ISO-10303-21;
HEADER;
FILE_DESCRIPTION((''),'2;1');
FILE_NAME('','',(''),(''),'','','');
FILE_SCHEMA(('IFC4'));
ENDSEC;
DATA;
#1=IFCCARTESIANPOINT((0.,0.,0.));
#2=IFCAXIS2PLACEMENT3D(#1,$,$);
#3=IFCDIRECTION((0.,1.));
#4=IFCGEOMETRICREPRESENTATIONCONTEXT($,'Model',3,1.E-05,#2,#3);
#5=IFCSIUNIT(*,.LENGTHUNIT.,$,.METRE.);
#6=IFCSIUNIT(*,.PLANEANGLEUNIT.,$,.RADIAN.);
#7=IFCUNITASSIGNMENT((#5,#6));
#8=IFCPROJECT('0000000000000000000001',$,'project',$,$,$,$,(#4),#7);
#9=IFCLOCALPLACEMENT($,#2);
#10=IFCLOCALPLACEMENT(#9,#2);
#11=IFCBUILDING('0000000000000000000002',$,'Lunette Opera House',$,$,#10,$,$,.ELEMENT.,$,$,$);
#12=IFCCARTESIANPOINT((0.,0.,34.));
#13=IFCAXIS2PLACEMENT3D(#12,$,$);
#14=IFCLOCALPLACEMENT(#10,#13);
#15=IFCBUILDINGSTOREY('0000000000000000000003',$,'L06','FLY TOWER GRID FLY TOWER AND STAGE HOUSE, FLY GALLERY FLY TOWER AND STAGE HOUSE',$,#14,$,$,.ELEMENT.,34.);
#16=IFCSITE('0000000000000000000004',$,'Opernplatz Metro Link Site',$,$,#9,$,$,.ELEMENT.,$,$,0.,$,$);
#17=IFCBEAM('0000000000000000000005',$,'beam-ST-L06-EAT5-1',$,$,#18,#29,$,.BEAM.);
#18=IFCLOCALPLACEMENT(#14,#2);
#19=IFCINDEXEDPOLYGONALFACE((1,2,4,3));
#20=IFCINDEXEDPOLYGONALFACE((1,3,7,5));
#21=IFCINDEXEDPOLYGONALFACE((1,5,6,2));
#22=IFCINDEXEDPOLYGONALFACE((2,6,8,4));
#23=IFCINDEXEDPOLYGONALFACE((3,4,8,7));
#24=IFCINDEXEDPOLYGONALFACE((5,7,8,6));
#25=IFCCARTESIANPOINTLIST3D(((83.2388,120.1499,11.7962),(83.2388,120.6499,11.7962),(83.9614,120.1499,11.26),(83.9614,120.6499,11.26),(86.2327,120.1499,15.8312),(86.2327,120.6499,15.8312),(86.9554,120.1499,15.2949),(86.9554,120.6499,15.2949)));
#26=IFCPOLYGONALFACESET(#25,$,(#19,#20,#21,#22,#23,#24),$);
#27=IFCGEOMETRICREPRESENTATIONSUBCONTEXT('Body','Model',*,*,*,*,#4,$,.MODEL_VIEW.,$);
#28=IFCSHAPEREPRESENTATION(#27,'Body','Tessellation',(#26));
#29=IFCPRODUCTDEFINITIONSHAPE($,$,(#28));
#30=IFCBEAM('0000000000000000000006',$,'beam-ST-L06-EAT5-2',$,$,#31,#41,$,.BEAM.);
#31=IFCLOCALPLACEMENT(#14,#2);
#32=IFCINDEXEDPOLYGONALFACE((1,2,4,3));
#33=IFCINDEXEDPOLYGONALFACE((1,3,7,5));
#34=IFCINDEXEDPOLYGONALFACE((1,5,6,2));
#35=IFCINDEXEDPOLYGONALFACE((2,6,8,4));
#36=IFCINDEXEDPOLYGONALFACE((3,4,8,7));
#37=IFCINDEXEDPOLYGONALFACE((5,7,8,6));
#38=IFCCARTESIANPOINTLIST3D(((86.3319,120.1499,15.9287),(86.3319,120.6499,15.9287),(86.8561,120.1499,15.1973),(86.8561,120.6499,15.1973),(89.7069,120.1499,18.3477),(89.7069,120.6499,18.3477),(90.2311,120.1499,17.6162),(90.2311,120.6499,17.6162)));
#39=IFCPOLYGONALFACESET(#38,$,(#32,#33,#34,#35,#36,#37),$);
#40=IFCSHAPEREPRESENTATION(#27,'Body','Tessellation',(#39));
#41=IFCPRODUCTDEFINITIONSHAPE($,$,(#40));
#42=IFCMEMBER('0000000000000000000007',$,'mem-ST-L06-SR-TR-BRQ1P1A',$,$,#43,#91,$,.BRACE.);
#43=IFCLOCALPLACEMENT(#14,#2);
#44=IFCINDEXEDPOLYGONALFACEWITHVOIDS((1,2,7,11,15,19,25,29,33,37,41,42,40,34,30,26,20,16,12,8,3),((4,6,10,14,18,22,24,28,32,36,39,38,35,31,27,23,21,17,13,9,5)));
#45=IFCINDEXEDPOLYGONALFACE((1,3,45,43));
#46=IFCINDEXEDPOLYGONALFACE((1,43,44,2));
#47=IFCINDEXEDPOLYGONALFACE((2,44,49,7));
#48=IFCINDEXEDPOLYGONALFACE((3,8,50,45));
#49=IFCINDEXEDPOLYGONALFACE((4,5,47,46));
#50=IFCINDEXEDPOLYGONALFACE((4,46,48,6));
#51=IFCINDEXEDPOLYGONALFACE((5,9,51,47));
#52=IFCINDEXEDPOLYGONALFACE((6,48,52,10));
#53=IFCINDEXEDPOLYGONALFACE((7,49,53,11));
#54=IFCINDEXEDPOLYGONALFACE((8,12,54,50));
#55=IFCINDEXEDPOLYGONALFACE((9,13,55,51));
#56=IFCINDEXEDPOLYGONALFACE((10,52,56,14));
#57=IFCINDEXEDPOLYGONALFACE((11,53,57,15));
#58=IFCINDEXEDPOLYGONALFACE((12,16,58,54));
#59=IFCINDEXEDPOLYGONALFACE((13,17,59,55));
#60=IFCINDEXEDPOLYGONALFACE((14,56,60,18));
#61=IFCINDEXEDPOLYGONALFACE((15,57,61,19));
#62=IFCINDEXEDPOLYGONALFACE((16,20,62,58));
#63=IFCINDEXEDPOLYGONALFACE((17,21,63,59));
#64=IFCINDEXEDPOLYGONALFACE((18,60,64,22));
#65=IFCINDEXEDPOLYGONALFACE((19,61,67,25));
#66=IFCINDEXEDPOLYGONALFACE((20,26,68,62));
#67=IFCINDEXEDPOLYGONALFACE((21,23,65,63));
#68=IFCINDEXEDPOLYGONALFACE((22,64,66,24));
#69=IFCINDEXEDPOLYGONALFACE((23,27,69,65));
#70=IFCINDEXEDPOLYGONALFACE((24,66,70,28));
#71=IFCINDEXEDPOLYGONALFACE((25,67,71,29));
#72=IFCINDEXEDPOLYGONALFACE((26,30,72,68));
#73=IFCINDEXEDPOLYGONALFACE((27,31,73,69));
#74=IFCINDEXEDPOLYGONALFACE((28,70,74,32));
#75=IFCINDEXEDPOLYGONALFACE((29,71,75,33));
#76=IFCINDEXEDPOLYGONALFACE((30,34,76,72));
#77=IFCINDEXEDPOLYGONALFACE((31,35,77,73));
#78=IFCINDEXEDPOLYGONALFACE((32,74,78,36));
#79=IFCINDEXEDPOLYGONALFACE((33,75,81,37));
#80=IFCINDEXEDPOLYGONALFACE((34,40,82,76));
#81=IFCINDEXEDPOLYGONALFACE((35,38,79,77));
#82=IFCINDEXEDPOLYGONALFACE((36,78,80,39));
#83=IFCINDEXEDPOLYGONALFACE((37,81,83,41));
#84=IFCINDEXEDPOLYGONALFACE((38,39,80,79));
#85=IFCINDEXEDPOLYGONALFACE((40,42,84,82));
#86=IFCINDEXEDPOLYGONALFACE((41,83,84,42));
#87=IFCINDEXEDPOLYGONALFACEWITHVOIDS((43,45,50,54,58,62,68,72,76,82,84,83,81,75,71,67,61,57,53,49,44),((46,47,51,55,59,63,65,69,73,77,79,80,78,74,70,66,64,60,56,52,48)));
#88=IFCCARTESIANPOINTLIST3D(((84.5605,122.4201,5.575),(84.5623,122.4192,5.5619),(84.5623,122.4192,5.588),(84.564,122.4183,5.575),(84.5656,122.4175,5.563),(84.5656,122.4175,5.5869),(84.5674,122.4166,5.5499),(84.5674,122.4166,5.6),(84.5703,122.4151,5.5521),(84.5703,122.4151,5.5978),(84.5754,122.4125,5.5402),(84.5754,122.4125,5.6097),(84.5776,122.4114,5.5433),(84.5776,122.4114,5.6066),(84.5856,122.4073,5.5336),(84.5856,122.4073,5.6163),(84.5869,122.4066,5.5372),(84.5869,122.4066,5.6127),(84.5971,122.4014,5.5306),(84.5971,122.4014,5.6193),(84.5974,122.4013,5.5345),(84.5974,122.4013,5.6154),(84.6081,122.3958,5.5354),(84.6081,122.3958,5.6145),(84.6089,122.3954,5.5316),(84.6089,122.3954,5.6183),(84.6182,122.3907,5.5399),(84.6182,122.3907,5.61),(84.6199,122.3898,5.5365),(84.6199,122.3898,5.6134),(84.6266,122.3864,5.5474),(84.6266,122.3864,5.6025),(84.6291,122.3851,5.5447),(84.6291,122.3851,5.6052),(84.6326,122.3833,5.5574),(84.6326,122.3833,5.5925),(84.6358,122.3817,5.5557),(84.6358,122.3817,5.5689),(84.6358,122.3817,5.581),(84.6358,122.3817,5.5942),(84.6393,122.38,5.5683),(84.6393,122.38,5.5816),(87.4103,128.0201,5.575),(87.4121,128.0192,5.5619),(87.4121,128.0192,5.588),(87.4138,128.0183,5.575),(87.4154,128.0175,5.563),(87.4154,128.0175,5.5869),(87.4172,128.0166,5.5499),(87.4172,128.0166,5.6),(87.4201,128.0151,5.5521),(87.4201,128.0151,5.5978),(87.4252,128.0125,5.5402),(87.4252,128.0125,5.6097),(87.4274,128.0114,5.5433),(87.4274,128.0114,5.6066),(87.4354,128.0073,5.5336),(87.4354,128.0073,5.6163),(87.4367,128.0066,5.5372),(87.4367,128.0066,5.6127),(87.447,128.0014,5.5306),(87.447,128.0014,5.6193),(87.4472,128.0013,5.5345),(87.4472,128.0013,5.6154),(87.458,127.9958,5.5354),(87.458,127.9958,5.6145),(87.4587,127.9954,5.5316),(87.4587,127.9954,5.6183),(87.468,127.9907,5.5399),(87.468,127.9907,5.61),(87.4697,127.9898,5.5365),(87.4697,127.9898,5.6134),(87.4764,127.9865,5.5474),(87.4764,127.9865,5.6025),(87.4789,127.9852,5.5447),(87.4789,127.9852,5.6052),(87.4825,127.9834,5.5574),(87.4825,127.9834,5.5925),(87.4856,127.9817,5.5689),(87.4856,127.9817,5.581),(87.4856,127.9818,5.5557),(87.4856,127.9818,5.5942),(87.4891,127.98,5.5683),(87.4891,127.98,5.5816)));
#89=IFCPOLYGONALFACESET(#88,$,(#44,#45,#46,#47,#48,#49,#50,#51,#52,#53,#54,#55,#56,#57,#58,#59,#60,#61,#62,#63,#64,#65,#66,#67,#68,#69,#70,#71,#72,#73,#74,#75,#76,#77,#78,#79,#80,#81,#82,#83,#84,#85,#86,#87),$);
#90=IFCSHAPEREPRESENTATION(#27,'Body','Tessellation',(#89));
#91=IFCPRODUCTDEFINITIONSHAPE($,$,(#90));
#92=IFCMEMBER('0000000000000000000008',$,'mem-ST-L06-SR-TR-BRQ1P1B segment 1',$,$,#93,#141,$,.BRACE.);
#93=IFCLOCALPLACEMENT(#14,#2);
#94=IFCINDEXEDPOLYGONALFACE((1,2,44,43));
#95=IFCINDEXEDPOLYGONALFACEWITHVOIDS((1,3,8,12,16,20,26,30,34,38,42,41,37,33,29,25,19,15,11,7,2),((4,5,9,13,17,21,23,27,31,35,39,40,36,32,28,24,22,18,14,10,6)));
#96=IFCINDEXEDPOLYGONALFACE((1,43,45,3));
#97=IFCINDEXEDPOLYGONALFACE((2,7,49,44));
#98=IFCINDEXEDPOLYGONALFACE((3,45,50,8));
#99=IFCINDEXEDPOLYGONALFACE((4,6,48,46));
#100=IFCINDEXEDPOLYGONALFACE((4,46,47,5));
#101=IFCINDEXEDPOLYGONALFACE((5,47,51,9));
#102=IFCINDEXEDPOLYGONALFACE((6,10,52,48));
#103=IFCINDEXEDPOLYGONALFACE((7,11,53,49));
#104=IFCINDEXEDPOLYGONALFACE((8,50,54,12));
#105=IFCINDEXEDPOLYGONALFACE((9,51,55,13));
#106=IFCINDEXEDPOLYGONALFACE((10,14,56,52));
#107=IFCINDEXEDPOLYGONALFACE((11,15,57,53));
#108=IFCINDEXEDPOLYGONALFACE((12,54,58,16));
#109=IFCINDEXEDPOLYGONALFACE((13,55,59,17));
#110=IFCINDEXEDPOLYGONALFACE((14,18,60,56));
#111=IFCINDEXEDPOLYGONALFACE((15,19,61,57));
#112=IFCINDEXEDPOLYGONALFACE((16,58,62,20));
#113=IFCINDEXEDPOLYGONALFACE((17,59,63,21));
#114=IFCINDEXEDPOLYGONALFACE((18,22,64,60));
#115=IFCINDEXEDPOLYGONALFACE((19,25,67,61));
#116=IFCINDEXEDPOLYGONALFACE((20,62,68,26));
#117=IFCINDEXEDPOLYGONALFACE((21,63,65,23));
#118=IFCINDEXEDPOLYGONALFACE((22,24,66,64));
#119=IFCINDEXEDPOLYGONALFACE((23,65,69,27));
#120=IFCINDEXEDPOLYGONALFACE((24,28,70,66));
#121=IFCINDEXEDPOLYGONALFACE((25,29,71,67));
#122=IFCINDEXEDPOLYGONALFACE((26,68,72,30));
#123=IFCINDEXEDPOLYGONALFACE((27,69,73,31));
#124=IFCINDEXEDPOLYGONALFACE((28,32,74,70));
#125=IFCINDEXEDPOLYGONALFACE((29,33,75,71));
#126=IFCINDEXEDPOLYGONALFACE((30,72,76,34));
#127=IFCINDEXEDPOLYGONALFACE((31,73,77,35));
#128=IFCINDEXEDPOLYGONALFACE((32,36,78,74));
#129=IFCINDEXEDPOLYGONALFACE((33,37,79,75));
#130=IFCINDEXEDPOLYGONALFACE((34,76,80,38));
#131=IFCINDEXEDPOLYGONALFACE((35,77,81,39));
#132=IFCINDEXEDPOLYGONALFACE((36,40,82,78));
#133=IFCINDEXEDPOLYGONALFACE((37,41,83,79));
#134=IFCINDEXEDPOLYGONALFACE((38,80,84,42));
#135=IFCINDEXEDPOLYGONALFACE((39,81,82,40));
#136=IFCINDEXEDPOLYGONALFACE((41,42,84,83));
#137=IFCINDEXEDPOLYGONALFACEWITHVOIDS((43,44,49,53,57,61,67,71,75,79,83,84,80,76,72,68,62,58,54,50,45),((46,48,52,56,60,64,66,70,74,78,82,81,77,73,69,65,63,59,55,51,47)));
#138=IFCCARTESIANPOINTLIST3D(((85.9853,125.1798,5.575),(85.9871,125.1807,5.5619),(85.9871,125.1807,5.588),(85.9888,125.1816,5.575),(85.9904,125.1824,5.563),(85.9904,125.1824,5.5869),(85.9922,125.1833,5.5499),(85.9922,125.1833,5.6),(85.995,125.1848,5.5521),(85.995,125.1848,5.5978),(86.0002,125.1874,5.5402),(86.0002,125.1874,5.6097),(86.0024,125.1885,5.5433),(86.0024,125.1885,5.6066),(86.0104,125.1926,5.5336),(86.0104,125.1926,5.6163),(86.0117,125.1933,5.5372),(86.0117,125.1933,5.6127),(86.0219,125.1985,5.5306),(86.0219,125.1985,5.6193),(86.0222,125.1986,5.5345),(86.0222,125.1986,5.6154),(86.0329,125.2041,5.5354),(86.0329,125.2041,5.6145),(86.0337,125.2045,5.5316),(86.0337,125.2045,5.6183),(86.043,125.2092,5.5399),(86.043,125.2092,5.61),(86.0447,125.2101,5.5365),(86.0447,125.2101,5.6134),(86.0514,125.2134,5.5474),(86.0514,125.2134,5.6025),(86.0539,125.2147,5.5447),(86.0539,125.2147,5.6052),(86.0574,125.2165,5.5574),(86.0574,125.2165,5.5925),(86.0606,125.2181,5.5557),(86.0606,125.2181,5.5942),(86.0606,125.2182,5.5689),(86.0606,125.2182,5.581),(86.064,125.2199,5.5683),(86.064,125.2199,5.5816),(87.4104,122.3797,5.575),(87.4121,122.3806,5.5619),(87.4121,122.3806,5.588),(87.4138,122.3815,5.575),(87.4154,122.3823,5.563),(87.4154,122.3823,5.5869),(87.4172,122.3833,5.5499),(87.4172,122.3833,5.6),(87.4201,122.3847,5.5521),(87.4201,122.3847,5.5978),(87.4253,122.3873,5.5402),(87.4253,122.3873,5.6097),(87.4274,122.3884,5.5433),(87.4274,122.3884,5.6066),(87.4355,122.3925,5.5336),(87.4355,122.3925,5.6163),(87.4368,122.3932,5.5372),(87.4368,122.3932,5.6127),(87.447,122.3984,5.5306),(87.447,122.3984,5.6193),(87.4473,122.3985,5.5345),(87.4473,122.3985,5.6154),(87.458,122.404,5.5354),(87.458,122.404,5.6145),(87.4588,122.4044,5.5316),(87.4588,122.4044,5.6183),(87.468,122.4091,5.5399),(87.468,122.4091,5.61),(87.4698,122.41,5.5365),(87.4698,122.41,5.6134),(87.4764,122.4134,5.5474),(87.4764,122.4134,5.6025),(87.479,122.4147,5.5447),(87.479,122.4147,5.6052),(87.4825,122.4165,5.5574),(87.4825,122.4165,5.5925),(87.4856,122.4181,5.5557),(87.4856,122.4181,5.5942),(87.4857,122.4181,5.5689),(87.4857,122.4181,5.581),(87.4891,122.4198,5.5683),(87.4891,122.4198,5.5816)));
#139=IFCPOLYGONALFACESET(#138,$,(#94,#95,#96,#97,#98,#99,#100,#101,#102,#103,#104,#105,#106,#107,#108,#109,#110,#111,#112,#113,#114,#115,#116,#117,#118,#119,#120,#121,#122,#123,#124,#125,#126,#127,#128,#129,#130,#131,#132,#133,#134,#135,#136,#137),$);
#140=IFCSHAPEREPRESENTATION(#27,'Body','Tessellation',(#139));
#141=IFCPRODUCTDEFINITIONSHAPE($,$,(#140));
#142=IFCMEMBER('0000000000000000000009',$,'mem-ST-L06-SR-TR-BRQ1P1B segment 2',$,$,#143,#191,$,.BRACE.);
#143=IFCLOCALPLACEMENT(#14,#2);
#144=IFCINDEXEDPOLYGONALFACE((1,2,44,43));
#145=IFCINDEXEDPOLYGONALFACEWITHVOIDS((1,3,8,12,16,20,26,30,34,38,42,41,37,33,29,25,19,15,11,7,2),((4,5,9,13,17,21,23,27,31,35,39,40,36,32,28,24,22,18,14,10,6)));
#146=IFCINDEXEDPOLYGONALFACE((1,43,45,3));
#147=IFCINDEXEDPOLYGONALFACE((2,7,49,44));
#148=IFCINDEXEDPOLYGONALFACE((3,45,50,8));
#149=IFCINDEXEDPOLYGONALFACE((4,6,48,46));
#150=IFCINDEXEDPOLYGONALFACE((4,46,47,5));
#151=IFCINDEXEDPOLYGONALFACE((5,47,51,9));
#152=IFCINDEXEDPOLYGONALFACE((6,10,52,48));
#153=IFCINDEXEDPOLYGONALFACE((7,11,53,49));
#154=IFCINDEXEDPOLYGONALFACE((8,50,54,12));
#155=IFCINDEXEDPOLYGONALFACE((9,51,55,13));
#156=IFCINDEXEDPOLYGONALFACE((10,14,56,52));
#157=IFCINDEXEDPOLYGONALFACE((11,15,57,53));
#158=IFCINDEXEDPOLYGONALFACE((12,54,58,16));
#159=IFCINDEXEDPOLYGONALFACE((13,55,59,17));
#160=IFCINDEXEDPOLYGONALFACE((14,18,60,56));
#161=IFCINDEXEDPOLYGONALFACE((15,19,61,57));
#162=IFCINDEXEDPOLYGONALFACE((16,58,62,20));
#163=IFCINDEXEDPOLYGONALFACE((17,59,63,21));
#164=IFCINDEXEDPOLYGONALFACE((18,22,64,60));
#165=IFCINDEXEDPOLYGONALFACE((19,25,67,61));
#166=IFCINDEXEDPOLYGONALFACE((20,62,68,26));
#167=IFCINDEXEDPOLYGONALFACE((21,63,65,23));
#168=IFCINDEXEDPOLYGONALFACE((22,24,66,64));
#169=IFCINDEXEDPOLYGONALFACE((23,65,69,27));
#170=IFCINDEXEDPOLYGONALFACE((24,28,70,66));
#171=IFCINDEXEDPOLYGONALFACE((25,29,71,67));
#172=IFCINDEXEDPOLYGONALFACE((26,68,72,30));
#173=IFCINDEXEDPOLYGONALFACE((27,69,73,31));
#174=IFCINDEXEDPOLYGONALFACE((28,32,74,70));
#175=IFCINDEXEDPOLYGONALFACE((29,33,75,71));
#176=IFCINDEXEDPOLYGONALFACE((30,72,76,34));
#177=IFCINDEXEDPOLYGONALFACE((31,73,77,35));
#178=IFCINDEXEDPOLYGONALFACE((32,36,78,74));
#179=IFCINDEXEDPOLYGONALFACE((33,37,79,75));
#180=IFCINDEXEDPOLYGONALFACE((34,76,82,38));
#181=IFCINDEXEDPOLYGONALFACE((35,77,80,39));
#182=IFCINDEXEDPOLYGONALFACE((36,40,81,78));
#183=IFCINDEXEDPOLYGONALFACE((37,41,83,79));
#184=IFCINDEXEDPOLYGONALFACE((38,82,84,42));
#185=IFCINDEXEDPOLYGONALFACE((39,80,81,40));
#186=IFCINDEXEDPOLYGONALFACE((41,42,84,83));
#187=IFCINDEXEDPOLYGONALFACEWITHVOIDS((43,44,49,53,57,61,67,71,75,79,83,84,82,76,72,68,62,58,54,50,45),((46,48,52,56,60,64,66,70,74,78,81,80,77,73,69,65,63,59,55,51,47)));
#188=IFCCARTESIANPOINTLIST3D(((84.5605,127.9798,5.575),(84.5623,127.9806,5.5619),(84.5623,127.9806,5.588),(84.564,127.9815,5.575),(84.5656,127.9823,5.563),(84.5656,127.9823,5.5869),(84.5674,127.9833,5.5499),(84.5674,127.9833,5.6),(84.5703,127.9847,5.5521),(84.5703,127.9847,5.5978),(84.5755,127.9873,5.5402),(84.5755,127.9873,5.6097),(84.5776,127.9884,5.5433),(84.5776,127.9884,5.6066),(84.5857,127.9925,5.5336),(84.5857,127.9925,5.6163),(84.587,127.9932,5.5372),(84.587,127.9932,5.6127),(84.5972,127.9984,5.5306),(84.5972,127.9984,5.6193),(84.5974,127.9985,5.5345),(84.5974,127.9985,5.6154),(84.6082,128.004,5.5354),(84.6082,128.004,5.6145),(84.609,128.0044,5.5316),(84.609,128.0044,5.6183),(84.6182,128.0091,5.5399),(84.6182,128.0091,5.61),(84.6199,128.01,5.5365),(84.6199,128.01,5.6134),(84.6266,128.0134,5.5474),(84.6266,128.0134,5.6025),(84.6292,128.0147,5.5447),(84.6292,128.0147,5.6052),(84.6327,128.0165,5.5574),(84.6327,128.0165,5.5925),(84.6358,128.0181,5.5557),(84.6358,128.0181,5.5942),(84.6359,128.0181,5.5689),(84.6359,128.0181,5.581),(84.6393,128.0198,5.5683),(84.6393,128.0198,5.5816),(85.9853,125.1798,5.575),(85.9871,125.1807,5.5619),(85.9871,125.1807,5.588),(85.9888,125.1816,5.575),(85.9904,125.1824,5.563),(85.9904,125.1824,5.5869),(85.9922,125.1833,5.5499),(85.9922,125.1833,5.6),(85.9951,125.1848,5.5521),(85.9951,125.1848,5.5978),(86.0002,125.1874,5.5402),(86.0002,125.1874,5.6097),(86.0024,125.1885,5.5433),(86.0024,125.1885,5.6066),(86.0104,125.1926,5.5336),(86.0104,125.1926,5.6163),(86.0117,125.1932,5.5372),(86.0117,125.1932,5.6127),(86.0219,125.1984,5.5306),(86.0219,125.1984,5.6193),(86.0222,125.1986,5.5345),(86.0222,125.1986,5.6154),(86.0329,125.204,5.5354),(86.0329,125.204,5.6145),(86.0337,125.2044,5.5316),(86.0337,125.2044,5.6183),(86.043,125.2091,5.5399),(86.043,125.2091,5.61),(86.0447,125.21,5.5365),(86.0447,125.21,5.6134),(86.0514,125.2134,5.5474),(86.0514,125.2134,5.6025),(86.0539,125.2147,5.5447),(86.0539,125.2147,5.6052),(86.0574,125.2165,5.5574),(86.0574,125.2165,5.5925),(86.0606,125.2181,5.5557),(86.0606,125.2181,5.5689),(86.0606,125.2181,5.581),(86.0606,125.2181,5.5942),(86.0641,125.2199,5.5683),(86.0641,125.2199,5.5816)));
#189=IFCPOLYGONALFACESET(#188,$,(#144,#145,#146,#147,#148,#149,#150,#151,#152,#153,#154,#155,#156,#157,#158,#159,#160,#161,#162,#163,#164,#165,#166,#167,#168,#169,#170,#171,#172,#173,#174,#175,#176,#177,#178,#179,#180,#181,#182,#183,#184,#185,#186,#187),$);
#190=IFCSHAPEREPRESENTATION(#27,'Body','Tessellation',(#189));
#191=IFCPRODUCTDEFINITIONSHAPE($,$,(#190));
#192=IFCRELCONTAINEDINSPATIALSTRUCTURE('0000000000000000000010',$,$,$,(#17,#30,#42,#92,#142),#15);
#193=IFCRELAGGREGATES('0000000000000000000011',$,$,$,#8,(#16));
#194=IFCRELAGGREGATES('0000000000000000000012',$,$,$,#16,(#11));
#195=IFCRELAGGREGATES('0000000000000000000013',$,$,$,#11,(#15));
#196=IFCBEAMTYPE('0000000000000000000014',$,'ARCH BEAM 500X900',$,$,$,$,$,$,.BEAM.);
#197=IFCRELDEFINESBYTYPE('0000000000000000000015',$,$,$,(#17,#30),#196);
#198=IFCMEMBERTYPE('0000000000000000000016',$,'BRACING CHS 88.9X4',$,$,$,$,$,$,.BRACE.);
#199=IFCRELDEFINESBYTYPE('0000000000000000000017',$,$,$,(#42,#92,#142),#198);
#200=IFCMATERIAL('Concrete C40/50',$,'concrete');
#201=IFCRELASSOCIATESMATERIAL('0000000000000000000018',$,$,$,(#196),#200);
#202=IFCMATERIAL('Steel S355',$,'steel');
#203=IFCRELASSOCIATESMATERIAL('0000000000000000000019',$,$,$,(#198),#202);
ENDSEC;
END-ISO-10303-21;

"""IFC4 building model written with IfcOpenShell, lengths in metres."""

from ifc_helpers import new_model, si_unit, direction, frame, origin, origin_2d, place, context, subcontext, project, spatial, rectangle, hollow_circle, extrude, material, material_profile, profile_set, type_object, element, save


model = new_model("IFC4")

# Units and contexts
model_context = context("Model", 3, precision=1e-05, world=origin(), true_north=direction((0.0, 1.0)))
body_context = subcontext(model_context, "Body", "Model", "MODEL_VIEW")
ifc_project = project(units=[si_unit("LENGTHUNIT", "METRE"), si_unit("PLANEANGLEUNIT", "RADIAN")], contexts=[model_context])

# Site, building, storey
site_placement = place(None, origin())
site = spatial("IfcSite", under=ifc_project, at=site_placement, Name="Opernplatz Metro Link Site", CompositionType="ELEMENT", RefElevation=0.0)
building_placement = place(site_placement, origin())
building = spatial("IfcBuilding", under=site, at=building_placement, Name="Lunette Opera House", CompositionType="ELEMENT")
storey_placement = place(building_placement, frame((0.0, 0.0, 34.0)))
storey = spatial("IfcBuildingStorey", under=building, at=storey_placement, Name="L06", Description="FLY TOWER GRID FLY TOWER AND STAGE HOUSE, FLY GALLERY FLY TOWER AND STAGE HOUSE", CompositionType="ELEMENT", Elevation=34.0)

# Beams
ifc_material_1 = material(Name="Concrete C40/50", Category="concrete")
ifc_material_profile_1 = material_profile(ifc_material_1, rectangle(XDim=0.5, YDim=0.8999, at=origin_2d()), Name="ARCH BEAM 500X900")
ifc_profile_set_1 = profile_set([ifc_material_profile_1], Name="Concrete C40/50")
beam_type = type_object("IfcBeamType", Name="ARCH BEAM 500X900", PredefinedType="BEAM", material=ifc_profile_set_1)
beam_1_placement = place(storey_placement, frame((83.6001, 120.3999, 11.5281), z_axis=(0.595879, 0.0, 0.803074), x_axis=(0.0, 1.0, 0.0)))
element("IfcBeam", 1, at=beam_1_placement, inside=storey, type_object=beam_type, Name="beam-ST-L06-EAT5-1", PredefinedType="BEAM", context=body_context, shape_type="SweptSolid", body=[
    extrude(rectangle(XDim=0.5, YDim=0.8999, at=origin_2d()), origin(), (0.0, 0.0, 1.0), 5.0244),
])
beam_2_placement = place(storey_placement, frame((86.594, 120.3999, 15.563), z_axis=(0.812795, 0.0, 0.58255), x_axis=(0.0, 1.0, 0.0)))
element("IfcBeam", 2, at=beam_2_placement, inside=storey, type_object=beam_type, Name="beam-ST-L06-EAT5-2", PredefinedType="BEAM", context=body_context, shape_type="SweptSolid", body=[
    extrude(rectangle(XDim=0.5, YDim=0.8999, at=origin_2d()), origin(), (0.0, 0.0, 1.0), 4.1523),
])

# Members
ifc_material_2 = material(Name="Steel S355", Category="steel")
ifc_material_profile_2 = material_profile(ifc_material_2, hollow_circle(Radius=0.0444, WallThickness=0.0039, at=origin_2d()), Name="CHS 88.9X4")
ifc_profile_set_2 = profile_set([ifc_material_profile_2], Name="Steel S355")
member_type_1 = type_object("IfcMemberType", Name="BRACING CHS 88.9X4", PredefinedType="BRACE", material=ifc_profile_set_2)
member_1_placement = place(storey_placement, frame((84.6001, 122.3999, 5.575), z_axis=(0.453543, 0.891234, 0.0), x_axis=(-0.891234, 0.453543, 0.0)))
element("IfcMember", 3, at=member_1_placement, inside=storey, type_object=member_type_1, Name="mem-ST-L06-SR-TR-BRQ1P1A", PredefinedType="BRACE", context=body_context, shape_type="SweptSolid", body=[
    extrude(hollow_circle(Radius=0.0444, WallThickness=0.0039, at=origin_2d()), origin(), (0.0, 0.0, 1.0), 6.2834),
])
member_2_placement = place(storey_placement, frame((87.45, 122.3999, 5.575), z_axis=(-0.453574, 0.891219, 0.0), x_axis=(-0.891219, -0.453574, 0.0)))
element("IfcMember", 4, at=member_2_placement, inside=storey, type_object=member_type_1, Name="mem-ST-L06-SR-TR-BRQ1P1B segment 1", PredefinedType="BRACE", context=body_context, shape_type="SweptSolid", body=[
    extrude(hollow_circle(Radius=0.0444, WallThickness=0.0039, at=origin_2d()), origin(), (0.0, 0.0, 1.0), 3.1418),
])
member_3_placement = place(storey_placement, frame((86.0249, 125.2, 5.575), z_axis=(-0.453512, 0.89125, 0.0), x_axis=(-0.89125, -0.453512, 0.0)))
element("IfcMember", 5, at=member_3_placement, inside=storey, type_object=member_type_1, Name="mem-ST-L06-SR-TR-BRQ1P1B segment 2", PredefinedType="BRACE", context=body_context, shape_type="SweptSolid", body=[
    extrude(hollow_circle(Radius=0.0444, WallThickness=0.0039, at=origin_2d()), origin(), (0.0, 0.0, 1.0), 3.1416),
])

save(model, "model.ifc")
